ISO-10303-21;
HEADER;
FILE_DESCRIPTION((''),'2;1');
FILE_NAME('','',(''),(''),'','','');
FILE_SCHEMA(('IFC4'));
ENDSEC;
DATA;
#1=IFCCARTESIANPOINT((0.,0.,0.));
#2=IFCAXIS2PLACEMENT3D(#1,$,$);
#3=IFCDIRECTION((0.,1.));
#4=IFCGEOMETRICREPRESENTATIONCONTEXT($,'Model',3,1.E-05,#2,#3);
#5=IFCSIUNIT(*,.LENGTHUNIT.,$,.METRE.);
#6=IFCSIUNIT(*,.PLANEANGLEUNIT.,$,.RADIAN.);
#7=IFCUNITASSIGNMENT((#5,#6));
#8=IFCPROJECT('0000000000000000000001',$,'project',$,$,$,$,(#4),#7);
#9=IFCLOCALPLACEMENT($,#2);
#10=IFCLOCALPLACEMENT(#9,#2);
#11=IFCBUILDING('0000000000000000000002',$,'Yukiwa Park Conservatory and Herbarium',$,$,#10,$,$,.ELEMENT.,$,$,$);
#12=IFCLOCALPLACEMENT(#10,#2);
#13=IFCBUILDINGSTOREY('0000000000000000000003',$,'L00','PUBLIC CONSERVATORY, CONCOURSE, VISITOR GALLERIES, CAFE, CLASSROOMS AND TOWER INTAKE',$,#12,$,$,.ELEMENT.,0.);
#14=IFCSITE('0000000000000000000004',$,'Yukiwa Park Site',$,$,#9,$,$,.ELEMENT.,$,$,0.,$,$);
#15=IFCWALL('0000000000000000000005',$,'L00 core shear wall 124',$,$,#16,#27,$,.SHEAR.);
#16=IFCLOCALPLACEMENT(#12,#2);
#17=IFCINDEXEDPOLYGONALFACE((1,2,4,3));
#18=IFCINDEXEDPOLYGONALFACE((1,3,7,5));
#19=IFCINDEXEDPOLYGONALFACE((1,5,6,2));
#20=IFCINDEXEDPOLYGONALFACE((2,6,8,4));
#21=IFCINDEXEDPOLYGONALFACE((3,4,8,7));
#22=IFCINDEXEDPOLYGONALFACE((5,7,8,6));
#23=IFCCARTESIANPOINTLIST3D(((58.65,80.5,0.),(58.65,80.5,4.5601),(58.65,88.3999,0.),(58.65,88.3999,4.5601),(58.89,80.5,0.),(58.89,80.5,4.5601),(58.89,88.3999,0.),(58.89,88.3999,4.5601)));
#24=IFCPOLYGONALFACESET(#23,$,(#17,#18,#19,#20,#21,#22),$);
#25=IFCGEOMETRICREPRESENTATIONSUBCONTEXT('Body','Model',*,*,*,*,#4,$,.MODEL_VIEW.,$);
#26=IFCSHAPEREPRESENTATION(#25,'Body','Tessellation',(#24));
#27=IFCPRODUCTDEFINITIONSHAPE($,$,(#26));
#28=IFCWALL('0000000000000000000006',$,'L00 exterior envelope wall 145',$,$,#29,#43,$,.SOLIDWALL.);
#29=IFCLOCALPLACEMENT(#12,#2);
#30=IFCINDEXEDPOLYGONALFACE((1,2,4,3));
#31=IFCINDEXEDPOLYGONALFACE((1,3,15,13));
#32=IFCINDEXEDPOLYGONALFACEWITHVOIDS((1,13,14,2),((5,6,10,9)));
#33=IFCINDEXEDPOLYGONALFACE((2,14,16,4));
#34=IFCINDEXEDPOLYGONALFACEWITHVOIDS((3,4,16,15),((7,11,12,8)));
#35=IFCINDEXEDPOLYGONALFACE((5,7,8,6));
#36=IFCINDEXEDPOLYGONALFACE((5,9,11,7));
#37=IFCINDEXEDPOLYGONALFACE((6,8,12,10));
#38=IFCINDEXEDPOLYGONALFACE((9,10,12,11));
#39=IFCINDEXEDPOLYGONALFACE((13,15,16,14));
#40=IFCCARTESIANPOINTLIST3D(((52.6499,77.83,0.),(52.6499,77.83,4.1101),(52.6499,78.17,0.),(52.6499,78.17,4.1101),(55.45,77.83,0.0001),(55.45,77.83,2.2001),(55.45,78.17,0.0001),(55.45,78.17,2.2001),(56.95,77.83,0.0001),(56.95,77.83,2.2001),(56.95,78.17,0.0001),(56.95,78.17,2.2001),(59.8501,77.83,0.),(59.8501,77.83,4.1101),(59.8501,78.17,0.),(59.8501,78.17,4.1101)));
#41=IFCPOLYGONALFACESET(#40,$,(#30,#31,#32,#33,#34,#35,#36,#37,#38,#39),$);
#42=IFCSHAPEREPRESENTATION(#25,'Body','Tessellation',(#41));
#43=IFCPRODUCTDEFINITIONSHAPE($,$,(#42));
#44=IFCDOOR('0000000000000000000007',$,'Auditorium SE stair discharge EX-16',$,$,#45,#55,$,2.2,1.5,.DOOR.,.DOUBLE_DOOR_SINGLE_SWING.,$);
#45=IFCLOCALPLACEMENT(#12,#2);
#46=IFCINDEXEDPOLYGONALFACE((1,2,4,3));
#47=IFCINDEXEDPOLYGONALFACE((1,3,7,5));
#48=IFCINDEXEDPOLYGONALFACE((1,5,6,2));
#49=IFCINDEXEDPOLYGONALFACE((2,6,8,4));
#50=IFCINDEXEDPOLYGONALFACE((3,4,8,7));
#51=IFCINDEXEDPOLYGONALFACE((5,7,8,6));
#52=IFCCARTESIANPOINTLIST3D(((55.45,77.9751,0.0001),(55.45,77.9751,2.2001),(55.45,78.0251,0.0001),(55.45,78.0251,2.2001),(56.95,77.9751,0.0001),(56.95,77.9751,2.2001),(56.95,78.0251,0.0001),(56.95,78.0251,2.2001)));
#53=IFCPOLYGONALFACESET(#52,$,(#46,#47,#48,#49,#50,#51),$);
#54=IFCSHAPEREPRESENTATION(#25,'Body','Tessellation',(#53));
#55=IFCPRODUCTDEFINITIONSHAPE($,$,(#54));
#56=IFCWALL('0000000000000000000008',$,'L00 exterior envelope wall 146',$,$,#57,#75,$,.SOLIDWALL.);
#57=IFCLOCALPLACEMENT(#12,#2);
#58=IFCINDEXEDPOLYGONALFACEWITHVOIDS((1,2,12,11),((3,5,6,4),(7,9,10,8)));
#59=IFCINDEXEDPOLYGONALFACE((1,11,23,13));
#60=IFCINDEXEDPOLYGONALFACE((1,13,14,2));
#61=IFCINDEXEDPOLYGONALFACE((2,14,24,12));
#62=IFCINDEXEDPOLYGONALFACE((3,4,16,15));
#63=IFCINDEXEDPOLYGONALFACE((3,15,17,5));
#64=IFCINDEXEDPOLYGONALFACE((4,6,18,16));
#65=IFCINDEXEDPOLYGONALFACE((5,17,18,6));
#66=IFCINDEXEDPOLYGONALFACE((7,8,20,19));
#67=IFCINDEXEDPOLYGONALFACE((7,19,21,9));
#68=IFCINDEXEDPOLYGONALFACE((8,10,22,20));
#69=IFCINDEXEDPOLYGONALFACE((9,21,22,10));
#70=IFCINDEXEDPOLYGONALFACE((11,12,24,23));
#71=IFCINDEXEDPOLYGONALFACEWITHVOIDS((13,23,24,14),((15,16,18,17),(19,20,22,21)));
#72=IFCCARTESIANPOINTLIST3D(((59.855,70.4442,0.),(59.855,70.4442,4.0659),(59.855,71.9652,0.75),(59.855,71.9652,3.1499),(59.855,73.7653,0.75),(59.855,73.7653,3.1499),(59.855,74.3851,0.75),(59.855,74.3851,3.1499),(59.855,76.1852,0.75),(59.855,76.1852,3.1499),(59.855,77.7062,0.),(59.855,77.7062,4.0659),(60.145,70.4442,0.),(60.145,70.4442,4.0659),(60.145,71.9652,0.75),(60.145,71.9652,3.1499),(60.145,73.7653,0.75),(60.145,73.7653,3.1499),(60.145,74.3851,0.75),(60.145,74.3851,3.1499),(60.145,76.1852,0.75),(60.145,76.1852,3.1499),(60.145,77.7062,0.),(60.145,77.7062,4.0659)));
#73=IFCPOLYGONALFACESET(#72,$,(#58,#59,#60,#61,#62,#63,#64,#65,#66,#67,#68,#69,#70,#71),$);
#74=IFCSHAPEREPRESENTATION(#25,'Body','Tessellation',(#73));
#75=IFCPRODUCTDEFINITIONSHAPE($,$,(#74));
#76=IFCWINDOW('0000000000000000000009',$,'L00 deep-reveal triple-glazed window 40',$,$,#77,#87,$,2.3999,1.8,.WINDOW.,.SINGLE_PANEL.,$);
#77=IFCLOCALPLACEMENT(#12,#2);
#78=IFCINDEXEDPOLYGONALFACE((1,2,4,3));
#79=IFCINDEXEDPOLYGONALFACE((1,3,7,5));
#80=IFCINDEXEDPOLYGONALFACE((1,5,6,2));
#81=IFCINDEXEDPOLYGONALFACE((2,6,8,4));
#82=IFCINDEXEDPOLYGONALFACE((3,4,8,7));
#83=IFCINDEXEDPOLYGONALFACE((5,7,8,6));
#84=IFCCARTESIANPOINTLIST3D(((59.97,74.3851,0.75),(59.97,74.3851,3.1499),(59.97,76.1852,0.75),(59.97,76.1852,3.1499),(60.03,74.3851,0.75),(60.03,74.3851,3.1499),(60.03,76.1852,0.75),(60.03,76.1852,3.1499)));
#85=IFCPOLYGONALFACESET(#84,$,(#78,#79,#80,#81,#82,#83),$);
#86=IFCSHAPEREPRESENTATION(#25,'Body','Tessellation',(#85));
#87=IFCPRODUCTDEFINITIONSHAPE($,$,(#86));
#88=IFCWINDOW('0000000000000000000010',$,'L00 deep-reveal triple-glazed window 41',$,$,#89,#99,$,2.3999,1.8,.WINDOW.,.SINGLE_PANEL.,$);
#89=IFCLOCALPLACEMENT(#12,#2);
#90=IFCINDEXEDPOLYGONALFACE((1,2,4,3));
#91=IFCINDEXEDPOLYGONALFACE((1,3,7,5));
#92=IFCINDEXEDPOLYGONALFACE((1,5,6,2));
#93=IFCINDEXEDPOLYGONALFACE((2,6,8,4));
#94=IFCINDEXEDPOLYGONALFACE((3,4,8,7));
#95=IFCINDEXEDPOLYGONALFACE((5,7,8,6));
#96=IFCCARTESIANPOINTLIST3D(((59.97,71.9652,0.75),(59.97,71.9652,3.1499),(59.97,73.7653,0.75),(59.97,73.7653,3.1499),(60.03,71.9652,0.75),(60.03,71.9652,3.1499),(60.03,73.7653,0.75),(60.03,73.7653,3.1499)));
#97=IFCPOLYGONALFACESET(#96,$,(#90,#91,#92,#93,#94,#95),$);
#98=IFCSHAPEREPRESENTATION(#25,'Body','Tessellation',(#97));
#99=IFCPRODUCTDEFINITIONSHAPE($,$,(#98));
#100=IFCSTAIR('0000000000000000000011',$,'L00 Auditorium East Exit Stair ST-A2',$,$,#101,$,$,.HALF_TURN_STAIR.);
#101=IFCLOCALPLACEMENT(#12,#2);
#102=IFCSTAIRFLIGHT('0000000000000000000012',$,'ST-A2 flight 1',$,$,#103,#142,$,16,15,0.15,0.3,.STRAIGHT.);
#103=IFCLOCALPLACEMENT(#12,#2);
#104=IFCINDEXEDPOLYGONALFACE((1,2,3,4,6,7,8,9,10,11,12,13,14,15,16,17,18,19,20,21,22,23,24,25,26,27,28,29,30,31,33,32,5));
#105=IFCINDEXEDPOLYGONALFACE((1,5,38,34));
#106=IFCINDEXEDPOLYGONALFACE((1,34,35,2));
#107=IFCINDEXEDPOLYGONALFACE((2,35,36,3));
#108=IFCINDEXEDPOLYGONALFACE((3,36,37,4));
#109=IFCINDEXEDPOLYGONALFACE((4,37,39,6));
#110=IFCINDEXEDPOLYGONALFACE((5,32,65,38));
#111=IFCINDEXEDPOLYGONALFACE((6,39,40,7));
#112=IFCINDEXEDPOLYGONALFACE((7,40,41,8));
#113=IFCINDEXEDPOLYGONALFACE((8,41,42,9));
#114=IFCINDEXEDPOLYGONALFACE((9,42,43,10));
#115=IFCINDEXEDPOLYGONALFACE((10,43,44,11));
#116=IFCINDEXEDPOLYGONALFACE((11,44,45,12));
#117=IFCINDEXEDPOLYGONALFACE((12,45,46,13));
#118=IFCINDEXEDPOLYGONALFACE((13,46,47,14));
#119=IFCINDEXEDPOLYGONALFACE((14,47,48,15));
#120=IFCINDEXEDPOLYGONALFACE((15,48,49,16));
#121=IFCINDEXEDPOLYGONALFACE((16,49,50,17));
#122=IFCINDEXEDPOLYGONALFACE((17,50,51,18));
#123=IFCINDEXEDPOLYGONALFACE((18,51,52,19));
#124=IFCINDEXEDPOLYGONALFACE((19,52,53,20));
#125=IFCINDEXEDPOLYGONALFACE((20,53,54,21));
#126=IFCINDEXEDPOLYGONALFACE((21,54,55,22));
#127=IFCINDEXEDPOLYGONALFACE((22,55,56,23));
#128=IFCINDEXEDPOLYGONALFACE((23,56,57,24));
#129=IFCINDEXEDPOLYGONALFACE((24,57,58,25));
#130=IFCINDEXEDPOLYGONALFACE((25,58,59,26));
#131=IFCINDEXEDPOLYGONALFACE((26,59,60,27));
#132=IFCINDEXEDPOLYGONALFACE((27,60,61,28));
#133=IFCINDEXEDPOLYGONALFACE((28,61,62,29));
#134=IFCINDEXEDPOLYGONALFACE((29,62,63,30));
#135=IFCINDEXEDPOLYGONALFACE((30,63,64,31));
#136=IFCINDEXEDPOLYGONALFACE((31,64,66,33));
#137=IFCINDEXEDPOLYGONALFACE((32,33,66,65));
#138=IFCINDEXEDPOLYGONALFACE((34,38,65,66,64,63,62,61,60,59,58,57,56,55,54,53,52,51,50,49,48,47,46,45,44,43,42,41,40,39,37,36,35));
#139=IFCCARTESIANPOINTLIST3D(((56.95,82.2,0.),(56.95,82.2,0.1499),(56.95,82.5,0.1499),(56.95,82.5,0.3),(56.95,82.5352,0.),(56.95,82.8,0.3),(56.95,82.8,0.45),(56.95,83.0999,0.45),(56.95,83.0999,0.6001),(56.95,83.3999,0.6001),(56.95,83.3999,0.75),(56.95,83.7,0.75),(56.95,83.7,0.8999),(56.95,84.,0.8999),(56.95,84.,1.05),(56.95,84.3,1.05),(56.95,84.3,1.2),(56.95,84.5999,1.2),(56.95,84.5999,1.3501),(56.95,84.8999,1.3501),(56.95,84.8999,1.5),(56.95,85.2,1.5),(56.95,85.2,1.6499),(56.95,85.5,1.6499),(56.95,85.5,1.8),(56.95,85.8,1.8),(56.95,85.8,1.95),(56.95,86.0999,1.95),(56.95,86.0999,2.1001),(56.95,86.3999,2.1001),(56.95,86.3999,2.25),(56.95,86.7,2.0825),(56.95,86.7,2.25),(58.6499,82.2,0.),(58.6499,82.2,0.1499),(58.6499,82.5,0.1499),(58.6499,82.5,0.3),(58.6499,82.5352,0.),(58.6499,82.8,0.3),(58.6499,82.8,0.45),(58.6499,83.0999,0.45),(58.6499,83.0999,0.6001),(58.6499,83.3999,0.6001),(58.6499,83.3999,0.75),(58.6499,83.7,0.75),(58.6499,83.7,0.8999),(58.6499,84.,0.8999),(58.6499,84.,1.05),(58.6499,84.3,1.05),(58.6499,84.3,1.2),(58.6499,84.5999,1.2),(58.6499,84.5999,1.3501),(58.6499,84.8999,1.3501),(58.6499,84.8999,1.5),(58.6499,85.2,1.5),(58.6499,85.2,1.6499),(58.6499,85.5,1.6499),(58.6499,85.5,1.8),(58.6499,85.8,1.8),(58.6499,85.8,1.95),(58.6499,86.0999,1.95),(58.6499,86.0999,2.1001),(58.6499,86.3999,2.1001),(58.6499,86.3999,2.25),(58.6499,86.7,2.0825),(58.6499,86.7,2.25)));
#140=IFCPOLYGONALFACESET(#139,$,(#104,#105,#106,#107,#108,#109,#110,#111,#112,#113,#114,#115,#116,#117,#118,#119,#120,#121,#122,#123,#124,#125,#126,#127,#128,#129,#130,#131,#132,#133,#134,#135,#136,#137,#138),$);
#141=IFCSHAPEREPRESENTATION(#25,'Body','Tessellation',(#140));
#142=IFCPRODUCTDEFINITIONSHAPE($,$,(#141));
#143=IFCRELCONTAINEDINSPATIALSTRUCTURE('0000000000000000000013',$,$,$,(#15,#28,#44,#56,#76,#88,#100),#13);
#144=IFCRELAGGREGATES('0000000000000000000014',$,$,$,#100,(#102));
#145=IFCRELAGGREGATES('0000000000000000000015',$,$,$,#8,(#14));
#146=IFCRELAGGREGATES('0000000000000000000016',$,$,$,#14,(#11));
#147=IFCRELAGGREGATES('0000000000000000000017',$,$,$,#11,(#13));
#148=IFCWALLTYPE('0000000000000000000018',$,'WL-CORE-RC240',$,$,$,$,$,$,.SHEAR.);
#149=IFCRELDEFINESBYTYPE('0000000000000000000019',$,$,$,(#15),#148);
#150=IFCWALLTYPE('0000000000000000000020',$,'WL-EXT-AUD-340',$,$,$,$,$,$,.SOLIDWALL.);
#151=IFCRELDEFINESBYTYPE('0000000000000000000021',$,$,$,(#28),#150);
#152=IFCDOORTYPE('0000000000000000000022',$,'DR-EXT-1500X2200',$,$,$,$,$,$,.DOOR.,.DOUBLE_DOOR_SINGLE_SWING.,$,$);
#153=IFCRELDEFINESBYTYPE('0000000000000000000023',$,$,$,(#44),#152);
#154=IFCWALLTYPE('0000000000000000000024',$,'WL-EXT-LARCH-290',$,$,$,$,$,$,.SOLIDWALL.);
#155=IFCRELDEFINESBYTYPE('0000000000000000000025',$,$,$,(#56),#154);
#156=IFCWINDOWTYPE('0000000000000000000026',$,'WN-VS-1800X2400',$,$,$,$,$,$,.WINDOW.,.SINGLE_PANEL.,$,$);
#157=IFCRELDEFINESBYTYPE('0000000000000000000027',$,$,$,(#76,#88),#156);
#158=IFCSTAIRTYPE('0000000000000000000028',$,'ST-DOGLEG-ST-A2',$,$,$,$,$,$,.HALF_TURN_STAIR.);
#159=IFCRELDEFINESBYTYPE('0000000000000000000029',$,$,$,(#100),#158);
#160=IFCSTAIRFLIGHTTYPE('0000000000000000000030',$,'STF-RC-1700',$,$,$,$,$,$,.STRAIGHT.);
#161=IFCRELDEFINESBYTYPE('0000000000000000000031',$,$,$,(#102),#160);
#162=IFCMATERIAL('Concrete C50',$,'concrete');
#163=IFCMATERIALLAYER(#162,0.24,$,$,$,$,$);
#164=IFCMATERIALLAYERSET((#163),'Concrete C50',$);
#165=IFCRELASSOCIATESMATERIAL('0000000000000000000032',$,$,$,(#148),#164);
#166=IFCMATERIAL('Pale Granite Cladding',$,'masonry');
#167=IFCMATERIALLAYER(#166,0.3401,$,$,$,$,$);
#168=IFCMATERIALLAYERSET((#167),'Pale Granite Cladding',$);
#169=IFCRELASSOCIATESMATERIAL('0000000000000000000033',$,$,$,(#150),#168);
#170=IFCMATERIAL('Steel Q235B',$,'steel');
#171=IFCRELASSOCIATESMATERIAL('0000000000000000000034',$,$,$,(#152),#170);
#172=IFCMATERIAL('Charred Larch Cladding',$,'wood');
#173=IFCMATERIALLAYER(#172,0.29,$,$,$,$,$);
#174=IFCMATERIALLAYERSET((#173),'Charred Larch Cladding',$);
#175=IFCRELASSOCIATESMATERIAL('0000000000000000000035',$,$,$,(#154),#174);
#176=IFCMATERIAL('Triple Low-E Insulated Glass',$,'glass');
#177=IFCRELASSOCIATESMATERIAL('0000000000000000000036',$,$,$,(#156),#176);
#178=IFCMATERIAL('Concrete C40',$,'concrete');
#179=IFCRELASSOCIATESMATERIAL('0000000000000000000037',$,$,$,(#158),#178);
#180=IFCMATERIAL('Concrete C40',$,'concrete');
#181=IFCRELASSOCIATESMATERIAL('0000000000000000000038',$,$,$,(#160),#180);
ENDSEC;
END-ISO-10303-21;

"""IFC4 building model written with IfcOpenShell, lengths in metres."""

from ifc_helpers import new_model, si_unit, direction, frame, frame_2d, origin, place, context, subcontext, project, spatial, polyline, rectangle, outline, extrude, material, layer, layer_set, type_object, element, fill, aggregate, save


model = new_model("IFC4")

# Units and contexts
model_context = context("Model", 3, precision=1e-05, world=origin(), true_north=direction((0.0, 1.0)))
body_context = subcontext(model_context, "Body", "Model", "MODEL_VIEW")
ifc_project = project(units=[si_unit("LENGTHUNIT", "METRE"), si_unit("PLANEANGLEUNIT", "RADIAN")], contexts=[model_context])

# Site, building, storey
site_placement = place(None, origin())
site = spatial("IfcSite", under=ifc_project, at=site_placement, Name="Yukiwa Park Site", CompositionType="ELEMENT", RefElevation=0.0)
building_placement = place(site_placement, origin())
building = spatial("IfcBuilding", under=site, at=building_placement, Name="Yukiwa Park Conservatory and Herbarium", CompositionType="ELEMENT")
storey_placement = place(building_placement, origin())
storey = spatial("IfcBuildingStorey", under=building, at=storey_placement, Name="L00", Description="PUBLIC CONSERVATORY, CONCOURSE, VISITOR GALLERIES, CAFE, CLASSROOMS AND TOWER INTAKE", CompositionType="ELEMENT", Elevation=0.0)

# Shared definitions
ifc_material_1 = material(Name="Concrete C50", Category="concrete")
ifc_layer_1 = layer(ifc_material_1, 0.24)
ifc_layer_set_1 = layer_set([ifc_layer_1], Name="Concrete C50")
wall_type_1 = type_object("IfcWallType", Name="WL-CORE-RC240", PredefinedType="SHEAR", material=ifc_layer_set_1)

# Wall
for number, where, z_axis, x_axis, name in (
    (1, (58.77, 80.5, 0.0), (0.0, 0.0, 1.0), (0.0, 1.0, 0.0), "L00 core shear wall 124"),
):
    element("IfcWall", number, at=place(storey_placement, frame(where, z_axis=z_axis, x_axis=x_axis)), inside=storey, type_object=wall_type_1, Name=name, PredefinedType="SHEAR", context=body_context, shape_type="SweptSolid", body=[
        extrude(rectangle(XDim=7.8999, YDim=0.24, at=frame_2d((3.95, 0.0))), origin(), (0.0, 0.0, 1.0), 4.5601),
    ])

# Wall, opening, door
ifc_material_2 = material(Name="Pale Granite Cladding", Category="masonry")
ifc_layer_2 = layer(ifc_material_2, 0.3401)
ifc_layer_set_2 = layer_set([ifc_layer_2], Name="Pale Granite Cladding")
wall_type_2 = type_object("IfcWallType", Name="WL-EXT-AUD-340", PredefinedType="SOLIDWALL", material=ifc_layer_set_2)
wall_1_placement = place(storey_placement, frame((52.6499, 78.0, 0.0), z_axis=(0.0, 0.0, 1.0), x_axis=(1.0, 0.0, 0.0)))
wall_1 = element("IfcWall", 2, at=wall_1_placement, inside=storey, type_object=wall_type_2, Name="L00 exterior envelope wall 145", PredefinedType="SOLIDWALL", context=body_context, shape_type="SweptSolid", body=[
    extrude(rectangle(XDim=7.2002, YDim=0.3401, at=frame_2d((3.6001, 0.0))), origin(), (0.0, 0.0, 1.0), 4.1101),
])
opening_1_placement = place(wall_1_placement, frame((2.8, 0.0, 0.0)))
opening_1 = element("IfcOpeningElement", 3, at=opening_1_placement, cuts=wall_1, PredefinedType="OPENING", context=body_context, shape_type="SweptSolid", body=[
    extrude(rectangle(XDim=1.5, YDim=2.2, at=frame_2d((0.75, 1.1001))), frame((0.0, 0.1802, 0.0), z_axis=(0.0, -1.0, 0.0), x_axis=(1.0, 0.0, 0.0)), (0.0, 0.0, 1.0), 0.3601),
])
ifc_material_3 = material(Name="Steel Q235B", Category="steel")
door_type_1 = type_object("IfcDoorType", Name="DR-EXT-1500X2200", OperationType="DOUBLE_DOOR_SINGLE_SWING", PredefinedType="DOOR", material=ifc_material_3)
door_1_placement = place(opening_1_placement, frame((1.5, 0.0, 0.0), z_axis=(0.0, 0.0, 1.0), x_axis=(-1.0, 0.0, 0.0)))
door_1 = element("IfcDoor", 4, at=door_1_placement, inside=storey, type_object=door_type_1, Name="Auditorium SE stair discharge EX-16", OperationType="DOUBLE_DOOR_SINGLE_SWING", OverallHeight=2.2, OverallWidth=1.5, PredefinedType="DOOR", context=body_context, shape_type="SweptSolid", body=[
    extrude(rectangle(XDim=1.5, YDim=2.2, at=frame_2d((0.75, 1.1001))), frame((0.0, 0.0249, 0.0), z_axis=(0.0, -1.0, 0.0), x_axis=(1.0, 0.0, 0.0)), (0.0, 0.0, 1.0), 0.05),
])
fill(opening_1, door_1)

# Wall, openings, windows
ifc_material_4 = material(Name="Charred Larch Cladding", Category="wood")
ifc_layer_3 = layer(ifc_material_4, 0.29)
ifc_layer_set_3 = layer_set([ifc_layer_3], Name="Charred Larch Cladding")
wall_type_3 = type_object("IfcWallType", Name="WL-EXT-LARCH-290", PredefinedType="SOLIDWALL", material=ifc_layer_set_3)
wall_2_placement = place(storey_placement, frame((60.0, 77.7061, 0.0), z_axis=(0.0, 0.0, 1.0), x_axis=(0.0, -1.0, 0.0)))
wall_2 = element("IfcWall", 5, at=wall_2_placement, inside=storey, type_object=wall_type_3, Name="L00 exterior envelope wall 146", PredefinedType="SOLIDWALL", context=body_context, shape_type="SweptSolid", body=[
    extrude(rectangle(XDim=7.262, YDim=0.29, at=frame_2d((3.6309, 0.0))), origin(), (0.0, 0.0, 1.0), 4.0659),
])
opening_2_placement = place(wall_2_placement, frame((1.521, 0.0, 0.75)))
opening_2 = element("IfcOpeningElement", 6, at=opening_2_placement, cuts=wall_2, PredefinedType="OPENING", context=body_context, shape_type="SweptSolid", body=[
    extrude(rectangle(XDim=1.8, YDim=2.3999, at=frame_2d((0.8999, 1.2))), frame((0.0, 0.155, 0.0), z_axis=(0.0, -1.0, 0.0), x_axis=(1.0, 0.0, 0.0)), (0.0, 0.0, 1.0), 0.3101),
])
opening_3_placement = place(wall_2_placement, frame((3.9409, 0.0, 0.75)))
opening_3 = element("IfcOpeningElement", 7, at=opening_3_placement, cuts=wall_2, PredefinedType="OPENING", context=body_context, shape_type="SweptSolid", body=[
    extrude(rectangle(XDim=1.8, YDim=2.3999, at=frame_2d((0.8999, 1.2))), frame((0.0, 0.155, 0.0), z_axis=(0.0, -1.0, 0.0), x_axis=(1.0, 0.0, 0.0)), (0.0, 0.0, 1.0), 0.3101),
])
ifc_material_5 = material(Name="Triple Low-E Insulated Glass", Category="glass")
window_type = type_object("IfcWindowType", Name="WN-VS-1800X2400", PartitioningType="SINGLE_PANEL", PredefinedType="WINDOW", material=ifc_material_5)
window_1_placement = place(opening_2_placement, origin())
window_1 = element("IfcWindow", 8, at=window_1_placement, inside=storey, type_object=window_type, Name="L00 deep-reveal triple-glazed window 40", OverallHeight=2.3999, OverallWidth=1.8, PartitioningType="SINGLE_PANEL", PredefinedType="WINDOW", context=body_context, shape_type="SweptSolid", body=[
    extrude(rectangle(XDim=1.8, YDim=2.3999, at=frame_2d((0.8999, 1.2))), frame((0.0, 0.03, 0.0), z_axis=(0.0, -1.0, 0.0), x_axis=(1.0, 0.0, 0.0)), (0.0, 0.0, 1.0), 0.0601),
])
fill(opening_2, window_1)
window_2_placement = place(opening_3_placement, origin())
window_2 = element("IfcWindow", 9, at=window_2_placement, inside=storey, type_object=window_type, Name="L00 deep-reveal triple-glazed window 41", OverallHeight=2.3999, OverallWidth=1.8, PartitioningType="SINGLE_PANEL", PredefinedType="WINDOW", context=body_context, shape_type="SweptSolid", body=[
    extrude(rectangle(XDim=1.8, YDim=2.3999, at=frame_2d((0.8999, 1.2))), frame((0.0, 0.03, 0.0), z_axis=(0.0, -1.0, 0.0), x_axis=(1.0, 0.0, 0.0)), (0.0, 0.0, 1.0), 0.0601),
])
fill(opening_3, window_2)

# Stair, stair flight
ifc_material_6 = material(Name="Concrete C40", Category="concrete")
stair_type = type_object("IfcStairType", Name="ST-DOGLEG-ST-A2", PredefinedType="HALF_TURN_STAIR", material=ifc_material_6)
stair_placement = place(storey_placement, origin())
stair = element("IfcStair", 10, at=stair_placement, inside=storey, type_object=stair_type, Name="L00 Auditorium East Exit Stair ST-A2", PredefinedType="HALF_TURN_STAIR")
ifc_material_7 = material(Name="Concrete C40", Category="concrete")
stair_flight_type = type_object("IfcStairFlightType", Name="STF-RC-1700", PredefinedType="STRAIGHT", material=ifc_material_7)
stair_flight_placement = place(storey_placement, frame((57.8, 82.2, 0.0), z_axis=(0.0, 0.0, 1.0), x_axis=(0.0, 1.0, 0.0)))
stair_flight = element("IfcStairFlight", 11, at=stair_flight_placement, type_object=stair_flight_type, Name="ST-A2 flight 1", NumberOfRisers=16, NumberOfTreads=15, PredefinedType="STRAIGHT", RiserHeight=0.15, TreadLength=0.3, context=body_context, shape_type="SweptSolid", body=[
    extrude(outline(polyline([(0.0, 0.0), (0.0, 0.1499), (0.3, 0.1499), (0.3, 0.3), (0.6001, 0.3), (0.6001, 0.45), (0.8999, 0.45), (0.8999, 0.6001), (1.2, 0.6001), (1.2, 0.75), (1.5, 0.75), (1.5, 0.8999), (1.8, 0.8999), (1.8, 1.05), (2.1001, 1.05), (2.1001, 1.2), (2.3999, 1.2), (2.3999, 1.3501), (2.7, 1.3501), (2.7, 1.5), (3.0, 1.5), (3.0, 1.6499), (3.3, 1.6499), (3.3, 1.8), (3.6001, 1.8), (3.6001, 1.95), (3.8999, 1.95), (3.8999, 2.1001), (4.2, 2.1001), (4.2, 2.25), (4.5, 2.25), (4.5, 2.3999), (4.5, 2.0825), (0.3352, 0.0), (0.0, 0.0)])), frame((0.0, 0.8501, 0.0), z_axis=(0.0, -1.0, 0.0), x_axis=(1.0, 0.0, 0.0)), (0.0, 0.0, 1.0), 1.7),
])
aggregate(stair, [stair_flight])

save(model, "model.ifc")
